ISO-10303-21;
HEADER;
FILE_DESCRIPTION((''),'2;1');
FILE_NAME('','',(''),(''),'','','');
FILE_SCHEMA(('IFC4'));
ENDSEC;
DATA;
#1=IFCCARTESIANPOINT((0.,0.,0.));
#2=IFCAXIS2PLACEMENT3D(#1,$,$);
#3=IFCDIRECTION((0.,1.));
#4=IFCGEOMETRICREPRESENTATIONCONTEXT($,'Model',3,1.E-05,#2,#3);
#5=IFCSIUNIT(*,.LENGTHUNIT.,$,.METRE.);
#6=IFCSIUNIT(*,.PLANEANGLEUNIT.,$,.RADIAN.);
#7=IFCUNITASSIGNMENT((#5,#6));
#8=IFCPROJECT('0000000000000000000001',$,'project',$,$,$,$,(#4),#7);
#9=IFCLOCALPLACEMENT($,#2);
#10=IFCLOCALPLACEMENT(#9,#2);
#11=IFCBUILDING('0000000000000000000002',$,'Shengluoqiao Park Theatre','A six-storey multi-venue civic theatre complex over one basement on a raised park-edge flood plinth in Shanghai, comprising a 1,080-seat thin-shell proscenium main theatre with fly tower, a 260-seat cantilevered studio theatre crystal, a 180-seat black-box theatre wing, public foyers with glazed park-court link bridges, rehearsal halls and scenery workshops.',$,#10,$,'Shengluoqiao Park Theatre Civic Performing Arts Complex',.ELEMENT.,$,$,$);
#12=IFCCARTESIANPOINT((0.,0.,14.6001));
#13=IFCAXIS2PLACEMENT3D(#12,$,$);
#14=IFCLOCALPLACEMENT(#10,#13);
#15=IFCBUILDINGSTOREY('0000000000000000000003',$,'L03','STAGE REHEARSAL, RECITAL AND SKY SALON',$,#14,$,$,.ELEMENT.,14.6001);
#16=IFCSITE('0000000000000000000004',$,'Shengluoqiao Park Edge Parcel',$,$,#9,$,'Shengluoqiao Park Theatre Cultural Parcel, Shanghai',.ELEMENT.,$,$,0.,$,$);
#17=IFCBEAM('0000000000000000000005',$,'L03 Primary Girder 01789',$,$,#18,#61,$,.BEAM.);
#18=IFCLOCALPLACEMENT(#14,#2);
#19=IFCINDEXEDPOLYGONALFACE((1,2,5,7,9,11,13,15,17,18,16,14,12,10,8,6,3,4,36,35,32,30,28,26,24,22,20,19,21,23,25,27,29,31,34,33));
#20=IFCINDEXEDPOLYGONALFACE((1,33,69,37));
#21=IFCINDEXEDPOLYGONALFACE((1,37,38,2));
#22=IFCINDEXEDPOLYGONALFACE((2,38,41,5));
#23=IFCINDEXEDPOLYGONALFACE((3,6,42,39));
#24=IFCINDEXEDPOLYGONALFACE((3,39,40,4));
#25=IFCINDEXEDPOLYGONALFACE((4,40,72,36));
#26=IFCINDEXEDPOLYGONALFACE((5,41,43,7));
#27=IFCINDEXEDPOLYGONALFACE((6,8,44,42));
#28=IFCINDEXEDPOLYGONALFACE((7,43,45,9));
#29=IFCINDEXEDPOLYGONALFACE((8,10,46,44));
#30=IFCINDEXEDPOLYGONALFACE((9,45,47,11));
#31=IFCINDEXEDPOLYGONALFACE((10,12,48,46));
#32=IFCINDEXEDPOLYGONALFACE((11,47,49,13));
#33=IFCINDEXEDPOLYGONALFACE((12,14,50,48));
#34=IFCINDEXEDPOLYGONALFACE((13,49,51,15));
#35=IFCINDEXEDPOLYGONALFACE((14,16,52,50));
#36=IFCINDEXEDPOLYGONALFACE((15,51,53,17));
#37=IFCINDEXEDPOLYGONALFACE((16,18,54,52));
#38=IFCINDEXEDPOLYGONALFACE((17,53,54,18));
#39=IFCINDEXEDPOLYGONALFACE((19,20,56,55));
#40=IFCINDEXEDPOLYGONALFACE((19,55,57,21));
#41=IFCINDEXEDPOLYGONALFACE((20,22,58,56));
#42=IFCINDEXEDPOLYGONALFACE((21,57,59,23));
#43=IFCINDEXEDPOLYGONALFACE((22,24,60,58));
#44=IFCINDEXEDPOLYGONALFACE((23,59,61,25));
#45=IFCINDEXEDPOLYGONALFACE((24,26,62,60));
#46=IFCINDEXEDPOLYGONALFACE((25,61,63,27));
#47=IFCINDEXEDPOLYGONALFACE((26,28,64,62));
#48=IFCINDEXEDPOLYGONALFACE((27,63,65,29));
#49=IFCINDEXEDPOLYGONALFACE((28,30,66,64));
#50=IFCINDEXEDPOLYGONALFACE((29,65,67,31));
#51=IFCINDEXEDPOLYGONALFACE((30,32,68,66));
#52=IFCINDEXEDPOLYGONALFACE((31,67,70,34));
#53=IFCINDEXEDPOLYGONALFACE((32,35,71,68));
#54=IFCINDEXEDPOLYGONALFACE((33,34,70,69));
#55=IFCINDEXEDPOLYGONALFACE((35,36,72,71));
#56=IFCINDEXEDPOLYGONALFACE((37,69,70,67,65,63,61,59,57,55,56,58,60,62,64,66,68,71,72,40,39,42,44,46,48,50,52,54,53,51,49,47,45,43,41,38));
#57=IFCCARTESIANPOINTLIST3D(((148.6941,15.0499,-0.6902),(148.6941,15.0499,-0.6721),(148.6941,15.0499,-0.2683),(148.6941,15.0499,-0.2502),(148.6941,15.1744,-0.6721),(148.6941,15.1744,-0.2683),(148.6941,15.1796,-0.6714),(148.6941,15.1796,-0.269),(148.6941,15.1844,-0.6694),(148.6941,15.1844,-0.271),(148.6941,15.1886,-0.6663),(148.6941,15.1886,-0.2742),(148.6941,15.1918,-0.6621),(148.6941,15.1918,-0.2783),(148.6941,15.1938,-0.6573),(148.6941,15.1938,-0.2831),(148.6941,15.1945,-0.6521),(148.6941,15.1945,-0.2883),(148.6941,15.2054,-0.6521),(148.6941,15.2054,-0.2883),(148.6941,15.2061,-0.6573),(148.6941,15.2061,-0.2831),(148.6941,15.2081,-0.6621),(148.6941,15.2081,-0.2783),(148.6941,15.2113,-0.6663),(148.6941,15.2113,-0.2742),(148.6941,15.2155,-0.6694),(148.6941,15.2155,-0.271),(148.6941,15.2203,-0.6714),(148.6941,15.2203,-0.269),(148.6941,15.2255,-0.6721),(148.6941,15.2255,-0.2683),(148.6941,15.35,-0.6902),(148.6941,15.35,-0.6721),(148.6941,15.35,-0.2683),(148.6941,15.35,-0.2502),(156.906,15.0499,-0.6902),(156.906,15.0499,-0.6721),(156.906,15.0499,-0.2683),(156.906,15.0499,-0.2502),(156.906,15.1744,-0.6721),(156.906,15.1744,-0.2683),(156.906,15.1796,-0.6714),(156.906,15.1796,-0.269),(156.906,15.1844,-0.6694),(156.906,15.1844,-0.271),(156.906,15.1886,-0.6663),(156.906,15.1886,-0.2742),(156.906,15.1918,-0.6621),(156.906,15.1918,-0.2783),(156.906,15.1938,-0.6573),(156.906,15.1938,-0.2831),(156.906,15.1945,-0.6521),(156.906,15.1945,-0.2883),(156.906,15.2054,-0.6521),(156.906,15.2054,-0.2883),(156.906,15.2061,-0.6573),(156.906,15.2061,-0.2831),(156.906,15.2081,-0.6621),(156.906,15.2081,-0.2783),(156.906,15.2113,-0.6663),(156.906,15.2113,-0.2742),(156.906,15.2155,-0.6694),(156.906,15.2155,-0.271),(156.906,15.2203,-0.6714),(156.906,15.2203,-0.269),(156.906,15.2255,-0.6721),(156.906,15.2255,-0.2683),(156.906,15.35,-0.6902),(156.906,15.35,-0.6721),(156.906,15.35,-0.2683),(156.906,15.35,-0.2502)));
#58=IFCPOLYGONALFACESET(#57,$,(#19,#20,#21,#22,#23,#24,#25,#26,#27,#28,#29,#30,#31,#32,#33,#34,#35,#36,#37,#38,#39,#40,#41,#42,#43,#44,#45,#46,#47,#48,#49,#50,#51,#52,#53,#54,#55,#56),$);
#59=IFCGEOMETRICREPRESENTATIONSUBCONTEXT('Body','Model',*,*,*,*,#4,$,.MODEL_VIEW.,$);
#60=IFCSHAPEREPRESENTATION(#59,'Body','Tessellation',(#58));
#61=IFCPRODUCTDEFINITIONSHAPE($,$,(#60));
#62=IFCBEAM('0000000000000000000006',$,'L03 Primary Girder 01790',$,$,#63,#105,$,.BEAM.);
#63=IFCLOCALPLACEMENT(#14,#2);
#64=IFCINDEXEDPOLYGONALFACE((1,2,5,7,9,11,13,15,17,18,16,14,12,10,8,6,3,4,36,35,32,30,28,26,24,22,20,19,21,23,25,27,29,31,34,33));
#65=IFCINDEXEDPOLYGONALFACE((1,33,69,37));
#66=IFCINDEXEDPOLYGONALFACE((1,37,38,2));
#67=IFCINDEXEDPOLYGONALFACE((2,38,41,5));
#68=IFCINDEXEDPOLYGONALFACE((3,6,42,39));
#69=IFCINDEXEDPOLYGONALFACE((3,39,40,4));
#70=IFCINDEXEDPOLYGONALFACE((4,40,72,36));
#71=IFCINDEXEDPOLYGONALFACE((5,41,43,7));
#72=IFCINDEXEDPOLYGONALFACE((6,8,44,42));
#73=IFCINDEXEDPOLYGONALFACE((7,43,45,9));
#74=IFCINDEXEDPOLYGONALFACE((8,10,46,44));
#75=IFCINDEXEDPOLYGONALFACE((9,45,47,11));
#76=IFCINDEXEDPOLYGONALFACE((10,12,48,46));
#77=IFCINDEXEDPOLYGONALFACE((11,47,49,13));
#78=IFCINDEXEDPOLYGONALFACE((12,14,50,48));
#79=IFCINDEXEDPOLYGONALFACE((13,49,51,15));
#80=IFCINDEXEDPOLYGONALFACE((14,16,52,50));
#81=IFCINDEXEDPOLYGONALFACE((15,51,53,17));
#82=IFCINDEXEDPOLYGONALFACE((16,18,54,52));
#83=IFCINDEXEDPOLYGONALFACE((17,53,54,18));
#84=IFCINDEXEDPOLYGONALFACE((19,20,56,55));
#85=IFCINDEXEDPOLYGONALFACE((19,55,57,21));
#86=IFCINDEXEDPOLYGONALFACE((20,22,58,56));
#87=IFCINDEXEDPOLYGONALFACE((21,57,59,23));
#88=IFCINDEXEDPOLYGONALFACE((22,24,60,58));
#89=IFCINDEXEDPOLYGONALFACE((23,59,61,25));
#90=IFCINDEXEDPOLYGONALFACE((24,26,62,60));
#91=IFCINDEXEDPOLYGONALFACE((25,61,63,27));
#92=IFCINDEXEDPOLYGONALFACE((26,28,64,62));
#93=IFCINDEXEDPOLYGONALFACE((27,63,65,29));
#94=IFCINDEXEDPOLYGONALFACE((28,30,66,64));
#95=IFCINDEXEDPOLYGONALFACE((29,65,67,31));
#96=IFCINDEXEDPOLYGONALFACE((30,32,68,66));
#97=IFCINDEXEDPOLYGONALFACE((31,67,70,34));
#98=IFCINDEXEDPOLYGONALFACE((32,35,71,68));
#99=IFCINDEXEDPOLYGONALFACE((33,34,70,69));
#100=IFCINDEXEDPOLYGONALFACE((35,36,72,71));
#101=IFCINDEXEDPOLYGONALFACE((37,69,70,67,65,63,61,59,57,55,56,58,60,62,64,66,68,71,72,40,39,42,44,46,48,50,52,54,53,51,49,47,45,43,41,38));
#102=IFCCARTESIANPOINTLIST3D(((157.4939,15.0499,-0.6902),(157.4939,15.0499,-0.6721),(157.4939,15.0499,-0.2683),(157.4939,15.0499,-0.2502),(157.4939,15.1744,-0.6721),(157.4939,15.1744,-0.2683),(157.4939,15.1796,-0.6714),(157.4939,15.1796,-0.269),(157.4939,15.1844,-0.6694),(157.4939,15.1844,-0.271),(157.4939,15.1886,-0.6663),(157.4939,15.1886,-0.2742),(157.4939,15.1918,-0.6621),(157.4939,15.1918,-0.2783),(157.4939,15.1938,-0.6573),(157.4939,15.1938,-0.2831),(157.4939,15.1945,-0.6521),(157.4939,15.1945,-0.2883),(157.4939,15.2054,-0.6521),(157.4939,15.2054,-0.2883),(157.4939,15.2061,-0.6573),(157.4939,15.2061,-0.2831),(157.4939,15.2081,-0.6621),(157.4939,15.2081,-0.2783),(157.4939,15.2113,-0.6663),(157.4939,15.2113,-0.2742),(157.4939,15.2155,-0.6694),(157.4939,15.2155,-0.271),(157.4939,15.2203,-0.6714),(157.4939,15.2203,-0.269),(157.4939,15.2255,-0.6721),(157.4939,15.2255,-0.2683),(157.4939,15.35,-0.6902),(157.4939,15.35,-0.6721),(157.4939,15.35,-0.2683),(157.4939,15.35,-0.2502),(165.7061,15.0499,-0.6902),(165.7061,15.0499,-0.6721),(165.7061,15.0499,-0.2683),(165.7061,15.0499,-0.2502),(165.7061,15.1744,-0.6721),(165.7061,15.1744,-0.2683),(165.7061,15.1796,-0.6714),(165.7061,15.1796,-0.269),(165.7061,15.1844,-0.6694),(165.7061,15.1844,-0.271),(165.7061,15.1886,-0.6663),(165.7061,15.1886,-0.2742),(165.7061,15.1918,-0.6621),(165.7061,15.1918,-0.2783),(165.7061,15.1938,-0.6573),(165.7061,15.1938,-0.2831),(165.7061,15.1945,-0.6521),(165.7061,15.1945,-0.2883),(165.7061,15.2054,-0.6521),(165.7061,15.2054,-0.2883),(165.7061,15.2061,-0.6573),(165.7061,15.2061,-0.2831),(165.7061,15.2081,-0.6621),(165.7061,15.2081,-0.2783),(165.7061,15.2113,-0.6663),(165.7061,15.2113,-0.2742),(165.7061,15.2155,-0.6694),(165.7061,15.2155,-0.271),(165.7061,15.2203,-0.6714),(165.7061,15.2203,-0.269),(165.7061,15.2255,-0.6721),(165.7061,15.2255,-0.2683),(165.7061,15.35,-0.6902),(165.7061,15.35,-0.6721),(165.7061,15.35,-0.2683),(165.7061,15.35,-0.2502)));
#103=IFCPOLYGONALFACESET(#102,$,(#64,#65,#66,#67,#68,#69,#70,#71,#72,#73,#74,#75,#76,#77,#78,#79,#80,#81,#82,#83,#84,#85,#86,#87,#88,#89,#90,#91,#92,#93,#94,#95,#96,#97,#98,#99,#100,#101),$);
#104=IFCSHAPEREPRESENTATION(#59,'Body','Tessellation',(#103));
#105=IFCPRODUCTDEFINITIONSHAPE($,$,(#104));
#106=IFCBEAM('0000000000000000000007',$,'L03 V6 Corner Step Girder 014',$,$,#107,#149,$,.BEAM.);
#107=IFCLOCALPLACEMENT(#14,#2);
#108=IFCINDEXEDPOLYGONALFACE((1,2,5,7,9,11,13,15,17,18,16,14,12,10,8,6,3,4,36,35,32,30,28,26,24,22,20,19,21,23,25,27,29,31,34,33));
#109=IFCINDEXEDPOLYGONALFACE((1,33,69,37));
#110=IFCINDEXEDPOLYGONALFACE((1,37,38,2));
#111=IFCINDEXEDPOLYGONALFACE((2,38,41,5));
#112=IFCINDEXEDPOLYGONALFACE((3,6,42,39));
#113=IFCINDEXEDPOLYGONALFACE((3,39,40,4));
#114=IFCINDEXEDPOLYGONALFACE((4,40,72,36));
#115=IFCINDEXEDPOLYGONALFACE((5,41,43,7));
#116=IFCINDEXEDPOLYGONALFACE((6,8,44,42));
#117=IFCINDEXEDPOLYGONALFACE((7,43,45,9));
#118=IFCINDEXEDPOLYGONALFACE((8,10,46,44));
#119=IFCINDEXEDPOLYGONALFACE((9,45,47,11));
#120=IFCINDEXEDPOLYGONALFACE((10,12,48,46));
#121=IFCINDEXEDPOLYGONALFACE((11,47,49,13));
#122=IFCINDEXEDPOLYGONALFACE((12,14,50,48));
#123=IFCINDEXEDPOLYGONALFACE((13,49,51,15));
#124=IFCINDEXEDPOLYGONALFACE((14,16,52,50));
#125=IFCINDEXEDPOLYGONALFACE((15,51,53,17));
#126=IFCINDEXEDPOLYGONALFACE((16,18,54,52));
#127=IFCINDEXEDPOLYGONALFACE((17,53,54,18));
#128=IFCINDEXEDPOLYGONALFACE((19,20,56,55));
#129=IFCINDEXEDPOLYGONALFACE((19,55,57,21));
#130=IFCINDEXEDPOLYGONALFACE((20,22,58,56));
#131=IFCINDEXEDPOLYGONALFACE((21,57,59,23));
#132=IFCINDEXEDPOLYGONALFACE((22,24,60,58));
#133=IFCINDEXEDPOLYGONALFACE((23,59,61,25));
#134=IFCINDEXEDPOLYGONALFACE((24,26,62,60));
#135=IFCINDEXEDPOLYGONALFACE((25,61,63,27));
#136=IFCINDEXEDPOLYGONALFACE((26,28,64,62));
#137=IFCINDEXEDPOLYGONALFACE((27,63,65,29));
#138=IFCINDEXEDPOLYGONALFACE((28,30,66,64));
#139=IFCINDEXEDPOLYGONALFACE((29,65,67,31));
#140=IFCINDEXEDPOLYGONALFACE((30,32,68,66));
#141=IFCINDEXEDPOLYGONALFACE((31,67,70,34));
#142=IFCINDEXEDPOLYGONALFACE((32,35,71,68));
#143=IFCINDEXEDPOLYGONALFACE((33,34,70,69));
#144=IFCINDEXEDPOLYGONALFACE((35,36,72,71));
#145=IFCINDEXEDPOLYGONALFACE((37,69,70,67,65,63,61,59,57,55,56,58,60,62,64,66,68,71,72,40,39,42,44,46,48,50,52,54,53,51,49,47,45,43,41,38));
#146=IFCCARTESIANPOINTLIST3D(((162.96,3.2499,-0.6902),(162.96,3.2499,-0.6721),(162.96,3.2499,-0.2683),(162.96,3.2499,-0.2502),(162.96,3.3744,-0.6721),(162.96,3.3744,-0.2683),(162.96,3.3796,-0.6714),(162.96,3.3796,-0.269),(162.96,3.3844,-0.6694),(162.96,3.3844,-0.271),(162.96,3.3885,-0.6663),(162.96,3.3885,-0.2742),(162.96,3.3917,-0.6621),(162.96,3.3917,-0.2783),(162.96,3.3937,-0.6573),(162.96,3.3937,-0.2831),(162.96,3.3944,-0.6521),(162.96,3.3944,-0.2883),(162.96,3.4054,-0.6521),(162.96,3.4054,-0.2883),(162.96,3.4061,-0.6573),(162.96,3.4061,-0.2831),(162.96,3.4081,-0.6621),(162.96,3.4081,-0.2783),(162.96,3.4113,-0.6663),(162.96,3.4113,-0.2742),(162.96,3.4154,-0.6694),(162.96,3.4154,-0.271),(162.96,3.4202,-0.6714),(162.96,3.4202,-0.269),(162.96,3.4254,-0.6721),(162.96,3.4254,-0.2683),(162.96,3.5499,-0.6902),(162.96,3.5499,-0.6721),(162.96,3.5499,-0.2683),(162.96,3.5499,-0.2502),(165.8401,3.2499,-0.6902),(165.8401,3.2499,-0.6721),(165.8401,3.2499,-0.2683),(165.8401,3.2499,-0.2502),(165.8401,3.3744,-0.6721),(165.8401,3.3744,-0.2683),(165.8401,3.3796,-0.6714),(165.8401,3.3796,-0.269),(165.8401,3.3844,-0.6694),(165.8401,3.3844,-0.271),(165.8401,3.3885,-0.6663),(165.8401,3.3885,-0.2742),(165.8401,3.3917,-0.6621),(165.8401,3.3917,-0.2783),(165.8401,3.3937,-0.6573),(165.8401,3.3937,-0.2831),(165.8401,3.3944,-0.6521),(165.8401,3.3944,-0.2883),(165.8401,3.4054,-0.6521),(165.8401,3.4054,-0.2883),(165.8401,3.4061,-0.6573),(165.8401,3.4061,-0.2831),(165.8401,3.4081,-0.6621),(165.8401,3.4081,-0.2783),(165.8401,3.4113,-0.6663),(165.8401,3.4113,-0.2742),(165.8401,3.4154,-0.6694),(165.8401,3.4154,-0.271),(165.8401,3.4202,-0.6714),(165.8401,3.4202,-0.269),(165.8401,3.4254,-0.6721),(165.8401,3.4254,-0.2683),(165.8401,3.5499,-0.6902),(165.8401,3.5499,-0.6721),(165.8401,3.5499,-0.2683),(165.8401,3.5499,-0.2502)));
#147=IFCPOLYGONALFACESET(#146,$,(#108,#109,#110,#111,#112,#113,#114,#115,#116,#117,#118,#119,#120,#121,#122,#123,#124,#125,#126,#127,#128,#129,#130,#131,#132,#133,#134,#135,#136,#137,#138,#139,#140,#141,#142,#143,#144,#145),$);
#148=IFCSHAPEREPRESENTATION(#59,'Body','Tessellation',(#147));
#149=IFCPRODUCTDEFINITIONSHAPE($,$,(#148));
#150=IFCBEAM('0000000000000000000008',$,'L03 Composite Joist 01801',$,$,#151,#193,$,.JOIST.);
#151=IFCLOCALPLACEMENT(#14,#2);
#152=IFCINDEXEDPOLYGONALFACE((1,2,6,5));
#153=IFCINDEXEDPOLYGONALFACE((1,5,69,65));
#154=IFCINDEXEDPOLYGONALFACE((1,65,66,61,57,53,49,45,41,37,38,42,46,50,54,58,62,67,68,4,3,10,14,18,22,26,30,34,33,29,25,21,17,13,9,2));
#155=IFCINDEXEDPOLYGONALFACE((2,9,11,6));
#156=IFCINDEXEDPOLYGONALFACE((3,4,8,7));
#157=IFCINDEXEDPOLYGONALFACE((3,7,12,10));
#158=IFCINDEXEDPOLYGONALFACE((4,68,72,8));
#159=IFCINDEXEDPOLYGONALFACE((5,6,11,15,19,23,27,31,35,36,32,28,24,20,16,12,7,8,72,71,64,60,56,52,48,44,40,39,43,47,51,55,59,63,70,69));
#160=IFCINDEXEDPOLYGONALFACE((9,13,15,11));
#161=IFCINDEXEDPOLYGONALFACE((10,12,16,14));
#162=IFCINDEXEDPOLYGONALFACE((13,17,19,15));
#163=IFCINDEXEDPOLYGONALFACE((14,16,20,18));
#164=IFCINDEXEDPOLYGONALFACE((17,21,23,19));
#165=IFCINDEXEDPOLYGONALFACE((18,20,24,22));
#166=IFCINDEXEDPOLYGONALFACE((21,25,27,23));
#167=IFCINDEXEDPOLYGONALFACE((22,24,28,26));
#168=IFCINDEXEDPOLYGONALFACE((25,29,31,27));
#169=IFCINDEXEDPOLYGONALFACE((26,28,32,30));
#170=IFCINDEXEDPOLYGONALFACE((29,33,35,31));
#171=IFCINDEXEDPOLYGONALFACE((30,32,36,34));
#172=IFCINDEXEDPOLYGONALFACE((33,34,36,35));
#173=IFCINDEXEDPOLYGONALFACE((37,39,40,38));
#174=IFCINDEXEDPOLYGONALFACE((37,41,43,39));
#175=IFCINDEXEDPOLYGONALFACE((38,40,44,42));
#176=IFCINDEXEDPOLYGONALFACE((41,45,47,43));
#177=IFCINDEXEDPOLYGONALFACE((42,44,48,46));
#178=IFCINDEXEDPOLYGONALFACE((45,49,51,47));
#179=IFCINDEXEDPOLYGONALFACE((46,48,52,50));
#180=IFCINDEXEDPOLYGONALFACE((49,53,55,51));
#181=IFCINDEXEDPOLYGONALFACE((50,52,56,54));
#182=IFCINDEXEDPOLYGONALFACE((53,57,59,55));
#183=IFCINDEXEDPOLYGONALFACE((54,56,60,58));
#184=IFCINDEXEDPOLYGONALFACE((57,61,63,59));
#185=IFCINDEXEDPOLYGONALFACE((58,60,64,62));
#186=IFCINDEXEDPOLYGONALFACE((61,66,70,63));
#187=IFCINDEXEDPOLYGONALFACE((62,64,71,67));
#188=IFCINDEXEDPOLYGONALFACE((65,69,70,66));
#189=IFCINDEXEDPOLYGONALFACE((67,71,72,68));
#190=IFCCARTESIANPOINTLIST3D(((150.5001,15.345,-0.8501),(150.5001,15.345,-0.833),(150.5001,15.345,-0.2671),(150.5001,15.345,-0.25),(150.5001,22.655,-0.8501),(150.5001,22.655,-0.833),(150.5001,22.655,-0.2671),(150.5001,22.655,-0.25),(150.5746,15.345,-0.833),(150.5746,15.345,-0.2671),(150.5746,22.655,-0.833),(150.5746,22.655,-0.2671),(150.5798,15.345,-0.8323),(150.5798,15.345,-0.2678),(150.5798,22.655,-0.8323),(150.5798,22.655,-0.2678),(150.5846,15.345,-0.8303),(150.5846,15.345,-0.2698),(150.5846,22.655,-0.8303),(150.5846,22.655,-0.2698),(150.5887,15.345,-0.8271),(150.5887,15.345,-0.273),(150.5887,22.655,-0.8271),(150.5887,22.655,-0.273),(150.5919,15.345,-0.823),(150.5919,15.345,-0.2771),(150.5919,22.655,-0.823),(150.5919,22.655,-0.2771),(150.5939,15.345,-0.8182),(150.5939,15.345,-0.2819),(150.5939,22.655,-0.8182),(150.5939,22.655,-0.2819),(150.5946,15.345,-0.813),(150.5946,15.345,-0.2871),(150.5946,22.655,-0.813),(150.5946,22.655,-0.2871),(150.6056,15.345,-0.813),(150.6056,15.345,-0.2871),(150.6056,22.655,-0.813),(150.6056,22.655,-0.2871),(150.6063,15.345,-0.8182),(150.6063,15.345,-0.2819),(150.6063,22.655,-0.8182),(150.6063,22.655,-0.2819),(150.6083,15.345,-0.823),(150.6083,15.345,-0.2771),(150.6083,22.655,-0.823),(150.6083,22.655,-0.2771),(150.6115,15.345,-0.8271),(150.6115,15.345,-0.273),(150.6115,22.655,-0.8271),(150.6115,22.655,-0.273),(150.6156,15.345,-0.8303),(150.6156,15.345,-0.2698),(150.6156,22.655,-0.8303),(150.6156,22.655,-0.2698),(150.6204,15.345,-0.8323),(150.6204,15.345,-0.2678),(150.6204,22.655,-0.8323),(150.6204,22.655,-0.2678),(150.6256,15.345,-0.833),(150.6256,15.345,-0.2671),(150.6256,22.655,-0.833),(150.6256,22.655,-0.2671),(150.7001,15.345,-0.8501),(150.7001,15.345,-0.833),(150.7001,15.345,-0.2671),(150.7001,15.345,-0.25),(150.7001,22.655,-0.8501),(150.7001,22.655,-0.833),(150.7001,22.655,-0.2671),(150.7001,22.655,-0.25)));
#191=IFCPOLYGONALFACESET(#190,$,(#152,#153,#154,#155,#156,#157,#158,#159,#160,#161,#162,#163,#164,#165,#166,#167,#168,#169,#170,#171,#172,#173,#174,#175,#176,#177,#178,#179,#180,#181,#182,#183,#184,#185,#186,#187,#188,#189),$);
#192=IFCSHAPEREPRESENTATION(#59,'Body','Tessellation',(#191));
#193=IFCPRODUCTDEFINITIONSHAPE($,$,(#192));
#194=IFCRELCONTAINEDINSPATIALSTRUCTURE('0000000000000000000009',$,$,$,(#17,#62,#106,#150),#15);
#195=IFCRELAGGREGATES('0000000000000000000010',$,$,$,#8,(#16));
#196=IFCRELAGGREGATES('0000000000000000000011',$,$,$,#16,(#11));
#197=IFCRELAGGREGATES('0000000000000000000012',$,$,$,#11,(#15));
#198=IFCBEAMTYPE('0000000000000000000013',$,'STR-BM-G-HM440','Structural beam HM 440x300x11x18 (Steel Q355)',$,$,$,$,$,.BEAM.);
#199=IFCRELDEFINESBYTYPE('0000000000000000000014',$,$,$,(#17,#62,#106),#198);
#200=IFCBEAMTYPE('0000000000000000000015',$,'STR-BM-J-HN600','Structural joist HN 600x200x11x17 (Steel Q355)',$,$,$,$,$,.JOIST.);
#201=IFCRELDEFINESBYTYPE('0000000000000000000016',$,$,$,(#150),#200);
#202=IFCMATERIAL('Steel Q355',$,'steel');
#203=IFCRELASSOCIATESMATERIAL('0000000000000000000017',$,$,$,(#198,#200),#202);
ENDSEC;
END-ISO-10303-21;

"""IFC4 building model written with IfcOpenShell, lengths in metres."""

from ifc_helpers import new_model, si_unit, direction, frame, origin, origin_2d, place, context, subcontext, project, spatial, i_section, extrude, material, material_profile, profile_set, type_object, element, save


model = new_model("IFC4")

# Units and contexts
model_context = context("Model", 3, precision=1e-05, world=origin(), true_north=direction((0.0, 1.0)))
body_context = subcontext(model_context, "Body", "Model", "MODEL_VIEW")
ifc_project = project(units=[si_unit("LENGTHUNIT", "METRE"), si_unit("PLANEANGLEUNIT", "RADIAN")], contexts=[model_context])

# Site, building, storey
site_placement = place(None, origin())
site = spatial("IfcSite", under=ifc_project, at=site_placement, Name="Shengluoqiao Park Edge Parcel", LongName="Shengluoqiao Park Theatre Cultural Parcel, Shanghai", CompositionType="ELEMENT", RefElevation=0.0)
building_placement = place(site_placement, origin())
building = spatial("IfcBuilding", under=site, at=building_placement, Name="Shengluoqiao Park Theatre", Description="A six-storey multi-venue civic theatre complex over one basement on a raised park-edge flood plinth in Shanghai, comprising a 1,080-seat thin-shell proscenium main theatre with fly tower, a 260-seat cantilevered studio theatre crystal, a 180-seat black-box theatre wing, public foyers with glazed park-court link bridges, rehearsal halls and scenery workshops.", LongName="Shengluoqiao Park Theatre Civic Performing Arts Complex", CompositionType="ELEMENT")
storey_placement = place(building_placement, frame((0.0, 0.0, 14.6001)))
storey = spatial("IfcBuildingStorey", under=building, at=storey_placement, Name="L03", Description="STAGE REHEARSAL, RECITAL AND SKY SALON", CompositionType="ELEMENT", Elevation=14.6001)

# Beams
ifc_material_1 = material(Name="Steel Q355", Category="steel")
ifc_material_profile_1 = material_profile(ifc_material_1, i_section(OverallWidth=0.3, OverallDepth=0.4399, WebThickness=0.011, FlangeThickness=0.0181, FilletRadius=0.02, at=origin_2d()), Name="HM 440x300x11x18")
ifc_profile_set_1 = profile_set([ifc_material_profile_1], Name="Steel Q355")
beam_type_1 = type_object("IfcBeamType", Name="STR-BM-G-HM440", Description="Structural beam HM 440x300x11x18 (Steel Q355)", PredefinedType="BEAM", material=ifc_profile_set_1)
beam_1_placement = place(storey_placement, frame((148.6941, 15.2, -0.4702), z_axis=(1.0, 0.0, 0.0), x_axis=(0.0, 1.0, 0.0)))
element("IfcBeam", 1, at=beam_1_placement, inside=storey, type_object=beam_type_1, Name="L03 Primary Girder 01789", PredefinedType="BEAM", context=body_context, shape_type="SweptSolid", body=[
    extrude(i_section(OverallWidth=0.3, OverallDepth=0.4399, WebThickness=0.011, FlangeThickness=0.0181, FilletRadius=0.02, at=origin_2d()), origin(), (0.0, 0.0, 1.0), 8.2119),
])
beam_2_placement = place(storey_placement, frame((157.4939, 15.2, -0.4702), z_axis=(1.0, 0.0, 0.0), x_axis=(0.0, 1.0, 0.0)))
element("IfcBeam", 2, at=beam_2_placement, inside=storey, type_object=beam_type_1, Name="L03 Primary Girder 01790", PredefinedType="BEAM", context=body_context, shape_type="SweptSolid", body=[
    extrude(i_section(OverallWidth=0.3, OverallDepth=0.4399, WebThickness=0.011, FlangeThickness=0.0181, FilletRadius=0.02, at=origin_2d()), origin(), (0.0, 0.0, 1.0), 8.2122),
])
beam_3_placement = place(storey_placement, frame((162.96, 3.3999, -0.4702), z_axis=(1.0, 0.0, 0.0), x_axis=(0.0, 1.0, 0.0)))
element("IfcBeam", 3, at=beam_3_placement, inside=storey, type_object=beam_type_1, Name="L03 V6 Corner Step Girder 014", PredefinedType="BEAM", context=body_context, shape_type="SweptSolid", body=[
    extrude(i_section(OverallWidth=0.3, OverallDepth=0.4399, WebThickness=0.011, FlangeThickness=0.0181, FilletRadius=0.02, at=origin_2d()), origin(), (0.0, 0.0, 1.0), 2.8801),
])
ifc_material_profile_2 = material_profile(ifc_material_1, i_section(OverallWidth=0.2, OverallDepth=0.6001, WebThickness=0.011, FlangeThickness=0.0171, FilletRadius=0.02, at=origin_2d()), Name="HN 600x200x11x17")
ifc_profile_set_2 = profile_set([ifc_material_profile_2], Name="Steel Q355")
beam_type_2 = type_object("IfcBeamType", Name="STR-BM-J-HN600", Description="Structural joist HN 600x200x11x17 (Steel Q355)", PredefinedType="JOIST", material=ifc_profile_set_2)
for number, where, z_axis, x_axis, name in (
    (4, (150.6001, 15.345, -0.55), (0.0, 1.0, 0.0), (-1.0, 0.0, 0.0), "L03 Composite Joist 01801"),
):
    element("IfcBeam", number, at=place(storey_placement, frame(where, z_axis=z_axis, x_axis=x_axis)), inside=storey, type_object=beam_type_2, Name=name, PredefinedType="JOIST", context=body_context, shape_type="SweptSolid", body=[
        extrude(i_section(OverallWidth=0.2, OverallDepth=0.6001, WebThickness=0.011, FlangeThickness=0.0171, FilletRadius=0.02, at=origin_2d()), origin(), (0.0, 0.0, 1.0), 7.3101),
    ])

save(model, "model.ifc")
